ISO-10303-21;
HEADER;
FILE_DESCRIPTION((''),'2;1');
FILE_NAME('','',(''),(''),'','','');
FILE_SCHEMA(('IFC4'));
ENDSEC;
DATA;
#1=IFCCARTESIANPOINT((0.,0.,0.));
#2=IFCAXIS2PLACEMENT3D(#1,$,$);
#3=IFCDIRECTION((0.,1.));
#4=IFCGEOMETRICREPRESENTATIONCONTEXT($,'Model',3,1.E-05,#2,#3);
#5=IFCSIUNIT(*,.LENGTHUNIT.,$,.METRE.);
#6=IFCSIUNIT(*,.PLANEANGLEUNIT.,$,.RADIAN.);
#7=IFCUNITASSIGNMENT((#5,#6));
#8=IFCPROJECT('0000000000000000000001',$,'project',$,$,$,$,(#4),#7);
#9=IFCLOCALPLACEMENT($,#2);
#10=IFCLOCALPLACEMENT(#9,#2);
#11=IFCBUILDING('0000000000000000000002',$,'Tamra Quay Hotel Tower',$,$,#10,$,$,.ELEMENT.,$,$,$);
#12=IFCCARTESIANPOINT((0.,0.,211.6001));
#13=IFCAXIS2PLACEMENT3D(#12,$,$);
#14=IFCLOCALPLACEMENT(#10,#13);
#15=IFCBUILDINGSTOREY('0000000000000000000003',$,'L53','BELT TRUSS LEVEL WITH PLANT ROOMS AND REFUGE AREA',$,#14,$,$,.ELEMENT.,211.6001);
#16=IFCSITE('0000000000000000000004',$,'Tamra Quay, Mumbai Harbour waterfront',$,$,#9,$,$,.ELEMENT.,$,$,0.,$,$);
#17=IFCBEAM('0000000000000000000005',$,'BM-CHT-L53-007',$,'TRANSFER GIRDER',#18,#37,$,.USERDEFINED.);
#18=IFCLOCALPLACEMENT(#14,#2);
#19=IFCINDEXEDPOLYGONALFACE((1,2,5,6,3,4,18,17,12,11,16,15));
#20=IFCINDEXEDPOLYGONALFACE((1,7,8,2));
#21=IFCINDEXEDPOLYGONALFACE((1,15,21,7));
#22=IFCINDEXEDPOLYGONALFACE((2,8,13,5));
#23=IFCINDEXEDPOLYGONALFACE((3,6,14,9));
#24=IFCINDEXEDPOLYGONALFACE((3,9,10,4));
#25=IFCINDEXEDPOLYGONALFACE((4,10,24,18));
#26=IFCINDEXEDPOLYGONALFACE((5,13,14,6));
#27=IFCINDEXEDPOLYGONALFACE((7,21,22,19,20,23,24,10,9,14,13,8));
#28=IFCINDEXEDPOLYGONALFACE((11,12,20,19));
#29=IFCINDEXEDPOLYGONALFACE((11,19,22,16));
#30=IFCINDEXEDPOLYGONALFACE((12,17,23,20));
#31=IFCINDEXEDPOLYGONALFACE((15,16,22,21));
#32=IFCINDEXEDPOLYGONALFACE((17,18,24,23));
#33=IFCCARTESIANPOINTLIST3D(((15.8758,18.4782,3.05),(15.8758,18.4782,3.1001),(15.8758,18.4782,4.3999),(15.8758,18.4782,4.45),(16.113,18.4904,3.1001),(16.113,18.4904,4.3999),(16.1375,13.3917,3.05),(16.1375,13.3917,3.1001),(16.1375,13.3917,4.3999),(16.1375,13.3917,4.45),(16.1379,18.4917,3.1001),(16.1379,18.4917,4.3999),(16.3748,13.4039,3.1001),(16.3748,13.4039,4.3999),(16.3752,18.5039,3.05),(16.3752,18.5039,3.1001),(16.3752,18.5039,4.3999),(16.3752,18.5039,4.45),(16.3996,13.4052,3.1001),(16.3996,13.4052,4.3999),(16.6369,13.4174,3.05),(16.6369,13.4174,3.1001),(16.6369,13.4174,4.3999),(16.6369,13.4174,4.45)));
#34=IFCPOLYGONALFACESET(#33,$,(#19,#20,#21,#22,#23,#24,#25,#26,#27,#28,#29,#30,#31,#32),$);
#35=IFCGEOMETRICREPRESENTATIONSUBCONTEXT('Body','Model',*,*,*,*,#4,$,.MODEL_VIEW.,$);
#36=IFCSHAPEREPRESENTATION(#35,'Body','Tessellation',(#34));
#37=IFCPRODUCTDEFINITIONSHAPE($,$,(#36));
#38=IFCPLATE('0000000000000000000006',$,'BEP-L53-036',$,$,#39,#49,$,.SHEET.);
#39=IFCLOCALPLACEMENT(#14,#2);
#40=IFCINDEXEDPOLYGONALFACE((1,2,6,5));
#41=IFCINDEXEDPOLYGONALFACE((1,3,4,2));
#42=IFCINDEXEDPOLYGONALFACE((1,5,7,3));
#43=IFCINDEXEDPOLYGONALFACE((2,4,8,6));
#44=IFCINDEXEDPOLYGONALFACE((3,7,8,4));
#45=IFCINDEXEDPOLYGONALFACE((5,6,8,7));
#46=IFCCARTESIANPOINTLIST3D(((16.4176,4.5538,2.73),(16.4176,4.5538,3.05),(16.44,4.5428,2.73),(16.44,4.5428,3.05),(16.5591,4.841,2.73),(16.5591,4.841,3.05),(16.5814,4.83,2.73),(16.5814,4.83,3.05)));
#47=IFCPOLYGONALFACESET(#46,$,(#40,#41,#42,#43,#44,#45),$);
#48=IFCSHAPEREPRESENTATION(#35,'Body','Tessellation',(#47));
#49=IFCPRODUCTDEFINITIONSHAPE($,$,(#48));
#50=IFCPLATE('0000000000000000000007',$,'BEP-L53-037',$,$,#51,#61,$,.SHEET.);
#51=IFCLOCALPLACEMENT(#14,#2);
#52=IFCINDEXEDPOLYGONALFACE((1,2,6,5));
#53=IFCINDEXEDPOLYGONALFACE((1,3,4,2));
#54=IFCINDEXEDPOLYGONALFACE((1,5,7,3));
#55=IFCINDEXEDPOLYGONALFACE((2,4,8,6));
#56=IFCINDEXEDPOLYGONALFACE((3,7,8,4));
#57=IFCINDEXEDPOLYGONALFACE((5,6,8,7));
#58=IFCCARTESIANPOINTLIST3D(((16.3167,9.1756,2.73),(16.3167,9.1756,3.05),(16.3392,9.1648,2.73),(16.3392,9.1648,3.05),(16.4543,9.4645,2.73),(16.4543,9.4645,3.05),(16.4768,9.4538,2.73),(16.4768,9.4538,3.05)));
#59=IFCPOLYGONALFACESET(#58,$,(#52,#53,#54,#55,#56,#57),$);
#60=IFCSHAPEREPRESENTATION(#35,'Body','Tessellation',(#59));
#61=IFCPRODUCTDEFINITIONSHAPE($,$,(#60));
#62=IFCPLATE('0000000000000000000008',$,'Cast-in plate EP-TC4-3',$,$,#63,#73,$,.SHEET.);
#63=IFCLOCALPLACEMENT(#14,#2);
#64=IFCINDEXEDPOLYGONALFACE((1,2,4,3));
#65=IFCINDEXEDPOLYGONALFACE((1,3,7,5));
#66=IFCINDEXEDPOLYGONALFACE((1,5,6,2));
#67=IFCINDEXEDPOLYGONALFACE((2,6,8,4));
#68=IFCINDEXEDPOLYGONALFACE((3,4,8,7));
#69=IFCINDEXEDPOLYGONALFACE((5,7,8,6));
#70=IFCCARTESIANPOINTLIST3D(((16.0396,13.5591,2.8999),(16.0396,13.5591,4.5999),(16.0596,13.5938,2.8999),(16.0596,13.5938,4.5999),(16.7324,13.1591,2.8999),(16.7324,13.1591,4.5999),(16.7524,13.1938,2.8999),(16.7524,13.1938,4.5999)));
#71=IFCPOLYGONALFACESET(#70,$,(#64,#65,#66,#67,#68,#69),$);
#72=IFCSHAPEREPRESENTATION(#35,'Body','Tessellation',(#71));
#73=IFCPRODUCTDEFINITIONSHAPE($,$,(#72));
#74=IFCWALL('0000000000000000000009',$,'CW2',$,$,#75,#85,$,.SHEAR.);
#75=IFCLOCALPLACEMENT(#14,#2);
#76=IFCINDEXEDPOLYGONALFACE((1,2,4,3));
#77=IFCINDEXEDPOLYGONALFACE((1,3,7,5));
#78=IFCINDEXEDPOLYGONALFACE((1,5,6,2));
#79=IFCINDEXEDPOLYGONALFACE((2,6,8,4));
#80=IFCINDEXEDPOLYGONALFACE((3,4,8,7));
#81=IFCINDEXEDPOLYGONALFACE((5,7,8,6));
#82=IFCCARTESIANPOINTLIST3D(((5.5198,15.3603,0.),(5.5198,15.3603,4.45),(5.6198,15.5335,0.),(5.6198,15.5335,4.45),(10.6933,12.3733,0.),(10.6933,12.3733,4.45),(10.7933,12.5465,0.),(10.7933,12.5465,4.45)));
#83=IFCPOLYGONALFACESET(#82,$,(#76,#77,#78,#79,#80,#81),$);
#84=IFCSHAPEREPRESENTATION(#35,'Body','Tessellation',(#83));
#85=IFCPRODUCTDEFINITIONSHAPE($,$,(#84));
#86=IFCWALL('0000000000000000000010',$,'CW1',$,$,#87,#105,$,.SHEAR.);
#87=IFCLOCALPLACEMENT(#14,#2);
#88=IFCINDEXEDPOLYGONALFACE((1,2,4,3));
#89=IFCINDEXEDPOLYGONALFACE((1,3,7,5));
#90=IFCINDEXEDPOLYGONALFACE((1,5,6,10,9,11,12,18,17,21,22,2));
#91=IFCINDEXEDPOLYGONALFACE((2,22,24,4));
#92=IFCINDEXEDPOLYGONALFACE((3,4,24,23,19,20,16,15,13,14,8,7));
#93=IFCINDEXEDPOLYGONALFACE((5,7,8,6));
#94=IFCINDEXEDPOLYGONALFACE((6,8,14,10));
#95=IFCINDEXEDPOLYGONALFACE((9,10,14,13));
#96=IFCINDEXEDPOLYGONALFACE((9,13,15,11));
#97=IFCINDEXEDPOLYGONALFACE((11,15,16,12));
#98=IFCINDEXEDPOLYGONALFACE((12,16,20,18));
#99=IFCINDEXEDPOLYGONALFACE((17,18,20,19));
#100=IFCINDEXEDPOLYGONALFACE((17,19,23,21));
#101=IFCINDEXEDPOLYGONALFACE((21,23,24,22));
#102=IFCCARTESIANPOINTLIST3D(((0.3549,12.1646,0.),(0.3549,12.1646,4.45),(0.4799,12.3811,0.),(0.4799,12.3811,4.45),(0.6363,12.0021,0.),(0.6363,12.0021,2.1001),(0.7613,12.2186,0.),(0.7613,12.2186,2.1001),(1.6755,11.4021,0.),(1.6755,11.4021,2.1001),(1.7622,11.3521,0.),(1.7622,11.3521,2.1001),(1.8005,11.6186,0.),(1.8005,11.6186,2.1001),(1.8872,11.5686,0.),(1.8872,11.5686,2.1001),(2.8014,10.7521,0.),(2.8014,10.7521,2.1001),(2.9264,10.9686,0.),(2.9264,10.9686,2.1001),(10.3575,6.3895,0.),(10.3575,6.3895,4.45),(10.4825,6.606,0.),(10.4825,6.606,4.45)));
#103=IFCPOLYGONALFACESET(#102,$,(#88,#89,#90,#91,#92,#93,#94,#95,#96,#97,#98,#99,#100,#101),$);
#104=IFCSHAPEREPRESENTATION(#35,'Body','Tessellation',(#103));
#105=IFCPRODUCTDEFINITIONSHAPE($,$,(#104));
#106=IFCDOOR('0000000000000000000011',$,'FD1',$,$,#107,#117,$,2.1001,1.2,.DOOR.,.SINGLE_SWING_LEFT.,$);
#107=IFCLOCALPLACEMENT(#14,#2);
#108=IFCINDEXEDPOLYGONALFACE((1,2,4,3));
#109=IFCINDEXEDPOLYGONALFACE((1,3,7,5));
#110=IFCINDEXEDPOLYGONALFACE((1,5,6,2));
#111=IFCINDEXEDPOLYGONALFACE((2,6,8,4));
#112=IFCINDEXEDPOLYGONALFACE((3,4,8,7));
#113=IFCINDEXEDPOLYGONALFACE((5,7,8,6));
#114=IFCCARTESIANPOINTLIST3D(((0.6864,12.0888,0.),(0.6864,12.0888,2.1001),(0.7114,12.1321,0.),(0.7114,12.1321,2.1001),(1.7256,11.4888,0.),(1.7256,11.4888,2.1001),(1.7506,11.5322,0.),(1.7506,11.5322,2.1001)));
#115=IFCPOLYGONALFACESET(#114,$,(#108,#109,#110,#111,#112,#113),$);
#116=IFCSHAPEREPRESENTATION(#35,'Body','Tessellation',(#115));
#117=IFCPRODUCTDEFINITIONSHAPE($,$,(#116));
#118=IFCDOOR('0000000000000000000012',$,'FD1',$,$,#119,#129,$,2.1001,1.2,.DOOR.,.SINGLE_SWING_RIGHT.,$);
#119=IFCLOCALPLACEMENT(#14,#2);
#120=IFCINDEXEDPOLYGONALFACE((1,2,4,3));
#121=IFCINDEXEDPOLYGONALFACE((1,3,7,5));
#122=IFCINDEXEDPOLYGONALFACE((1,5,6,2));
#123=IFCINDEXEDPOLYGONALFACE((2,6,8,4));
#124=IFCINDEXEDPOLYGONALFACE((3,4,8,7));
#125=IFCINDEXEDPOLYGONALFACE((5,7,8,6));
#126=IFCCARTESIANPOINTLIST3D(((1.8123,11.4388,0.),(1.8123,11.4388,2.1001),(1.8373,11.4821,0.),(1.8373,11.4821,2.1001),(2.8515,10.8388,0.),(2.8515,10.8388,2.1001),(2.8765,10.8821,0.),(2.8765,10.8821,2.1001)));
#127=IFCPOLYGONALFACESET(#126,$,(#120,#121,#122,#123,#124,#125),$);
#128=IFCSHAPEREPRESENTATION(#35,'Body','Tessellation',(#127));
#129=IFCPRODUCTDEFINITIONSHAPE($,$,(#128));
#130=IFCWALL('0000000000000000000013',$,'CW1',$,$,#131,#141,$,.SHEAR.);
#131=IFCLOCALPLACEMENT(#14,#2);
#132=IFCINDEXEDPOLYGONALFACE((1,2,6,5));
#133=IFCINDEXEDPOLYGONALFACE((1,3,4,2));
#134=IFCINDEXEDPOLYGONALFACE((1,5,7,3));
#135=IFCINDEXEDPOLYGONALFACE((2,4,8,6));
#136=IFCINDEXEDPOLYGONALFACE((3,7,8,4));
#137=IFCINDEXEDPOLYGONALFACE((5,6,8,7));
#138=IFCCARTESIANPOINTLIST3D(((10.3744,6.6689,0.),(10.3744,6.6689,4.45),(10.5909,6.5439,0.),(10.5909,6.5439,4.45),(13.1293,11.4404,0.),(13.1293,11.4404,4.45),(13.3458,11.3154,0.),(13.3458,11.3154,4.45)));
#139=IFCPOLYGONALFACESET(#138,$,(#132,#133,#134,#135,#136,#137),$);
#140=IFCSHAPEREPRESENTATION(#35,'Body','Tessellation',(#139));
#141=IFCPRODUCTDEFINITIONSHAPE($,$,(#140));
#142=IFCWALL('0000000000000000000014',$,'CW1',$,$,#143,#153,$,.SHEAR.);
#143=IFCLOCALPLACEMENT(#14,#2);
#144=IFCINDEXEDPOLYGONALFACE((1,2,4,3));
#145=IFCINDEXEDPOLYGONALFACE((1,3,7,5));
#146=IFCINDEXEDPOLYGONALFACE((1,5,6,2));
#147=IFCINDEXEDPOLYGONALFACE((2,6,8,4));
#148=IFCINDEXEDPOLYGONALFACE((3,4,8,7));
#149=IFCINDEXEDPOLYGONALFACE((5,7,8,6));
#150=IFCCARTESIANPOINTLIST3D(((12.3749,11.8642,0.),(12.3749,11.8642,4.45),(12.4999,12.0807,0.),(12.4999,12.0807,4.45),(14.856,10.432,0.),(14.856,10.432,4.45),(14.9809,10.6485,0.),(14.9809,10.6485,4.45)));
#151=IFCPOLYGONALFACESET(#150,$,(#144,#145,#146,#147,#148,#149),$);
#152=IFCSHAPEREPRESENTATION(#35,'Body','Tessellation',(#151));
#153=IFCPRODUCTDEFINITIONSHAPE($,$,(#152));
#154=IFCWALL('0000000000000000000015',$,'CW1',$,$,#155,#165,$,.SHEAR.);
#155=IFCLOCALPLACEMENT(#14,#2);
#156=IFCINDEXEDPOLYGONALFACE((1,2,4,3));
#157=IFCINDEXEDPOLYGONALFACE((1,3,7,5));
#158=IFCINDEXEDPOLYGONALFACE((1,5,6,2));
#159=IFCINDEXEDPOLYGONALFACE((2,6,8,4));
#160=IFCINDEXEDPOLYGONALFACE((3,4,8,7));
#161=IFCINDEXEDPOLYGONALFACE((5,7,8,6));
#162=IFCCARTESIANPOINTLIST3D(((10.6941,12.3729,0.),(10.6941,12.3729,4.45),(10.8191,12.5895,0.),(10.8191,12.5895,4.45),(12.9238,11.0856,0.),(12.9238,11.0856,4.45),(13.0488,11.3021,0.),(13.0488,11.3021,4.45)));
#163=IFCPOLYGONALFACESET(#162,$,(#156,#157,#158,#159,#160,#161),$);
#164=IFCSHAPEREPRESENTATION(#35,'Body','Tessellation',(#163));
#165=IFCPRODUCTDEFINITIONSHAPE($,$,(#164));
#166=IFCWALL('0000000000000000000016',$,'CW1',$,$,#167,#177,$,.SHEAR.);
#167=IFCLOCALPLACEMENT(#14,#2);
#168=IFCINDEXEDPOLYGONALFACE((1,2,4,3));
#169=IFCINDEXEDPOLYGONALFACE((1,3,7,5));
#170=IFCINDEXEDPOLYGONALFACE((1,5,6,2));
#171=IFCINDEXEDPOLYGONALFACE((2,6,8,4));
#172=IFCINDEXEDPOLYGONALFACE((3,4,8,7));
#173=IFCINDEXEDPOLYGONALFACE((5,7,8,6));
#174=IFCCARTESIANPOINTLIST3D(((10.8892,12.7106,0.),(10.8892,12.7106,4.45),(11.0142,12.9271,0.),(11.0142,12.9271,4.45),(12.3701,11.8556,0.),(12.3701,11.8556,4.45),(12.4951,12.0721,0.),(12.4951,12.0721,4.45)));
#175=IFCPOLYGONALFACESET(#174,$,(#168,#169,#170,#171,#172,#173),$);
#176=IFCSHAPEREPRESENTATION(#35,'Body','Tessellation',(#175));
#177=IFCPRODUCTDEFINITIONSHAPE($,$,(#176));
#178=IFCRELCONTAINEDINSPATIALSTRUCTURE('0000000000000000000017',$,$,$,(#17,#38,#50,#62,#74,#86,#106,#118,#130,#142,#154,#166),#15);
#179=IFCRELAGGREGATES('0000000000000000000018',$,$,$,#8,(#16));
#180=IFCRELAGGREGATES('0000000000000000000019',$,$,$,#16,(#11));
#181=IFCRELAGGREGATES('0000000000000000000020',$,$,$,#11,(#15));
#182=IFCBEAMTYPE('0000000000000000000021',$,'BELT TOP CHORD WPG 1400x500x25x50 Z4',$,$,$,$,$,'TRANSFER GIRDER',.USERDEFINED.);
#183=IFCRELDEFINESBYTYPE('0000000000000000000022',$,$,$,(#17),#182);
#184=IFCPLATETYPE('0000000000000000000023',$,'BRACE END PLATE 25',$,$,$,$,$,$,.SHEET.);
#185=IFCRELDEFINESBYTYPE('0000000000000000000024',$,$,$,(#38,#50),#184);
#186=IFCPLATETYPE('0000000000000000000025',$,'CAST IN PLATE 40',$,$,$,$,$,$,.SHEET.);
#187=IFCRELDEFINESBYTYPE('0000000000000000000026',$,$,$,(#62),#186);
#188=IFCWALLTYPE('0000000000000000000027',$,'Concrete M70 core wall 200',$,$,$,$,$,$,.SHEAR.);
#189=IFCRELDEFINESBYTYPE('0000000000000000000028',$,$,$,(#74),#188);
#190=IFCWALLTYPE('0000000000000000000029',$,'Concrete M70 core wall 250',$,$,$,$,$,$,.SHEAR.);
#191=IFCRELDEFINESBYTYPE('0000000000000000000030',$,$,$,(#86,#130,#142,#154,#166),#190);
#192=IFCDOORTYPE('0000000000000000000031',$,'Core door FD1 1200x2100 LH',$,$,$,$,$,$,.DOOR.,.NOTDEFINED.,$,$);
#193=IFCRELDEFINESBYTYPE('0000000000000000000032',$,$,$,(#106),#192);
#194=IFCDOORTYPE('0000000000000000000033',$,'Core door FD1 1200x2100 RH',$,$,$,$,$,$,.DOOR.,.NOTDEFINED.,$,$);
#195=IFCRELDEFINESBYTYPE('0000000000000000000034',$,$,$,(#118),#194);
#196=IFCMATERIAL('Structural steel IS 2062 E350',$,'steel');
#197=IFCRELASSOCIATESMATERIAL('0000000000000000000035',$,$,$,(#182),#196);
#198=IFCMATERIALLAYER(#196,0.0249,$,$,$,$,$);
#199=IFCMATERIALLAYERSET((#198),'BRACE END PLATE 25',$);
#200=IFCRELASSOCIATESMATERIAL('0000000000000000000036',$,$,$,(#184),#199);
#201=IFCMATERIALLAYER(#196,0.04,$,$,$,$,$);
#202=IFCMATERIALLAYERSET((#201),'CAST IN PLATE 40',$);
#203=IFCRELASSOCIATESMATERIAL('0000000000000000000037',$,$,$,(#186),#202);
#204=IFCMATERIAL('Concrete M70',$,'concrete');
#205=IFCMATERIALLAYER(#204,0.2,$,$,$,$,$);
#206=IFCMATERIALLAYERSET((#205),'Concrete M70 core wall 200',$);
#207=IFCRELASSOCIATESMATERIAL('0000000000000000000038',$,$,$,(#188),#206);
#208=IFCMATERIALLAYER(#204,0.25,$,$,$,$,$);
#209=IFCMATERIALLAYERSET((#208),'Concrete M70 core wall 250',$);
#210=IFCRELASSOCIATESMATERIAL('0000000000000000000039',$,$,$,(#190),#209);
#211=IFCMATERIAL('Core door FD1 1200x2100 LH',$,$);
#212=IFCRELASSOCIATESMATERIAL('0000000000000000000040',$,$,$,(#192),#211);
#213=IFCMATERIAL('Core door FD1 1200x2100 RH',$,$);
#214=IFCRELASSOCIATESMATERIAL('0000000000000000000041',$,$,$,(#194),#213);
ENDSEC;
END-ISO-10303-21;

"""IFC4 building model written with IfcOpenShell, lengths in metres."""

from ifc_helpers import new_model, si_unit, direction, frame, frame_2d, origin, origin_2d, place, context, subcontext, project, spatial, rectangle, i_section, extrude, material, layer, layer_set, material_profile, profile_set, type_object, element, fill, save


model = new_model("IFC4")

# Units and contexts
model_context = context("Model", 3, precision=1e-05, world=origin(), true_north=direction((0.0, 1.0)))
body_context = subcontext(model_context, "Body", "Model", "MODEL_VIEW")
ifc_project = project(units=[si_unit("LENGTHUNIT", "METRE"), si_unit("PLANEANGLEUNIT", "RADIAN")], contexts=[model_context])

# Site, building, storey
site_placement = place(None, origin())
site = spatial("IfcSite", under=ifc_project, at=site_placement, Name="Tamra Quay, Mumbai Harbour waterfront", CompositionType="ELEMENT", RefElevation=0.0)
building_placement = place(site_placement, origin())
building = spatial("IfcBuilding", under=site, at=building_placement, Name="Tamra Quay Hotel Tower", CompositionType="ELEMENT")
storey_placement = place(building_placement, frame((0.0, 0.0, 211.6001)))
storey = spatial("IfcBuildingStorey", under=building, at=storey_placement, Name="L53", Description="BELT TRUSS LEVEL WITH PLANT ROOMS AND REFUGE AREA", CompositionType="ELEMENT", Elevation=211.6001)

# Beam
ifc_material_1 = material(Name="Structural steel IS 2062 E350", Category="steel")
ifc_material_profile = material_profile(ifc_material_1, i_section(OverallWidth=0.5, OverallDepth=1.3999, WebThickness=0.0249, FlangeThickness=0.05, at=origin_2d()), Name="WPG 1400x500x25x50")
ifc_profile_set = profile_set([ifc_material_profile], Name="Structural steel IS 2062 E350")
beam_type = type_object("IfcBeamType", Name="BELT TOP CHORD WPG 1400x500x25x50 Z4", ElementType="TRANSFER GIRDER", PredefinedType="USERDEFINED", material=ifc_profile_set)
beam_placement = place(storey_placement, frame((16.3872, 13.4045, 3.75), z_axis=(-0.051386, 0.998679, 0.0), x_axis=(-0.998679, -0.051386, 0.0)))
element("IfcBeam", 1, at=beam_placement, inside=storey, type_object=beam_type, Name="BM-CHT-L53-007", ObjectType="TRANSFER GIRDER", PredefinedType="USERDEFINED", context=body_context, shape_type="SweptSolid", body=[
    extrude(i_section(OverallWidth=0.5, OverallDepth=1.3999, WebThickness=0.0249, FlangeThickness=0.05, at=origin_2d()), origin(), (0.0, 0.0, 1.0), 5.0933),
])

# Plates
ifc_layer_1 = layer(ifc_material_1, 0.0249)
ifc_layer_set_1 = layer_set([ifc_layer_1], Name="BRACE END PLATE 25")
plate_type_1 = type_object("IfcPlateType", Name="BRACE END PLATE 25", PredefinedType="SHEET", material=ifc_layer_set_1)
for number, where, z_axis, x_axis, name in (
    (2, (16.4995, 4.6919, 2.73), (0.0, 0.0, 1.0), (-0.897063, 0.441902, 0.0), "BEP-L53-036"),
    (3, (16.3967, 9.3147, 2.73), (0.0, 0.0, 1.0), (-0.902923, 0.429802, 0.0), "BEP-L53-037"),
):
    element("IfcPlate", number, at=place(storey_placement, frame(where, z_axis=z_axis, x_axis=x_axis)), inside=storey, type_object=plate_type_1, Name=name, PredefinedType="SHEET", context=body_context, shape_type="SweptSolid", body=[
        extrude(rectangle(XDim=0.0249, YDim=0.3201, at=origin_2d()), origin(), (0.0, 0.0, 1.0), 0.3201),
    ])
ifc_layer_2 = layer(ifc_material_1, 0.04)
ifc_layer_set_2 = layer_set([ifc_layer_2], Name="CAST IN PLATE 40")
plate_type_2 = type_object("IfcPlateType", Name="CAST IN PLATE 40", PredefinedType="SHEET", material=ifc_layer_set_2)
plate_placement = place(storey_placement, frame((16.396, 13.3765, 2.8999), z_axis=(0.0, 0.0, 1.0), x_axis=(0.5, 0.866025, 0.0)))
element("IfcPlate", 4, at=plate_placement, inside=storey, type_object=plate_type_2, Name="Cast-in plate EP-TC4-3", PredefinedType="SHEET", context=body_context, shape_type="SweptSolid", body=[
    extrude(rectangle(XDim=0.04, YDim=0.8, at=origin_2d()), origin(), (0.0, 0.0, 1.0), 1.7),
])

# Wall
ifc_material_2 = material(Name="Concrete M70", Category="concrete")
ifc_layer_3 = layer(ifc_material_2, 0.2)
ifc_layer_set_3 = layer_set([ifc_layer_3], Name="Concrete M70 core wall 200")
wall_type_1 = type_object("IfcWallType", Name="Concrete M70 core wall 200", PredefinedType="SHEAR", material=ifc_layer_set_3)
wall_1_placement = place(storey_placement, frame((10.7432, 12.46, 0.0), z_axis=(0.0, 0.0, 1.0), x_axis=(-0.866019, 0.500011, 0.0)))
element("IfcWall", 5, at=wall_1_placement, inside=storey, type_object=wall_type_1, Name="CW2", PredefinedType="SHEAR", context=body_context, shape_type="SweptSolid", body=[
    extrude(rectangle(XDim=5.9739, YDim=0.2, at=frame_2d((2.9868, 0.0))), origin(), (0.0, 0.0, 1.0), 4.45),
])

# Wall, openings, doors
ifc_layer_4 = layer(ifc_material_2, 0.25)
ifc_layer_set_4 = layer_set([ifc_layer_4], Name="Concrete M70 core wall 250")
wall_type_2 = type_object("IfcWallType", Name="Concrete M70 core wall 250", PredefinedType="SHEAR", material=ifc_layer_set_4)
wall_2_placement = place(storey_placement, frame((10.4199, 6.4978, 0.0), z_axis=(0.0, 0.0, 1.0), x_axis=(-0.866022, 0.500006, 0.0)))
wall_2 = element("IfcWall", 6, at=wall_2_placement, inside=storey, type_object=wall_type_2, Name="CW1", PredefinedType="SHEAR", context=body_context, shape_type="SweptSolid", body=[
    extrude(rectangle(XDim=11.55, YDim=0.25, at=frame_2d((5.7749, 0.0))), origin(), (0.0, 0.0, 1.0), 4.45),
])
opening_1_placement = place(wall_2_placement, frame((10.0249, 0.0, 0.0)))
opening_1 = element("IfcOpeningElement", 7, at=opening_1_placement, cuts=wall_2, PredefinedType="OPENING", context=body_context, shape_type="SweptSolid", body=[
    extrude(rectangle(XDim=1.2, YDim=2.1001, at=frame_2d((0.6001, 1.05))), frame((0.0, 0.135, 0.0), z_axis=(0.0, -1.0, 0.0), x_axis=(1.0, 0.0, 0.0)), (0.0, 0.0, 1.0), 0.27),
])
opening_2_placement = place(wall_2_placement, frame((8.7249, 0.0, 0.0)))
opening_2 = element("IfcOpeningElement", 8, at=opening_2_placement, cuts=wall_2, PredefinedType="OPENING", context=body_context, shape_type="SweptSolid", body=[
    extrude(rectangle(XDim=1.2, YDim=2.1001, at=frame_2d((0.6001, 1.05))), frame((0.0, 0.135, 0.0), z_axis=(0.0, -1.0, 0.0), x_axis=(1.0, 0.0, 0.0)), (0.0, 0.0, 1.0), 0.27),
])
ifc_material_3 = material(Name="Core door FD1 1200x2100 LH")
door_type_1 = type_object("IfcDoorType", Name="Core door FD1 1200x2100 LH", OperationType="NOTDEFINED", PredefinedType="DOOR", material=ifc_material_3)
door_1_placement = place(opening_1_placement, origin())
door_1 = element("IfcDoor", 9, at=door_1_placement, inside=storey, type_object=door_type_1, Name="FD1", OperationType="SINGLE_SWING_LEFT", OverallHeight=2.1001, OverallWidth=1.2, PredefinedType="DOOR", context=body_context, shape_type="SweptSolid", body=[
    extrude(rectangle(XDim=1.2, YDim=2.1001, at=frame_2d((0.6001, 1.05))), frame((0.0, 0.0249, 0.0), z_axis=(0.0, -1.0, 0.0), x_axis=(1.0, 0.0, 0.0)), (0.0, 0.0, 1.0), 0.05),
])
fill(opening_1, door_1)
ifc_material_4 = material(Name="Core door FD1 1200x2100 RH")
door_type_2 = type_object("IfcDoorType", Name="Core door FD1 1200x2100 RH", OperationType="NOTDEFINED", PredefinedType="DOOR", material=ifc_material_4)
door_2_placement = place(opening_2_placement, origin())
door_2 = element("IfcDoor", 10, at=door_2_placement, inside=storey, type_object=door_type_2, Name="FD1", OperationType="SINGLE_SWING_RIGHT", OverallHeight=2.1001, OverallWidth=1.2, PredefinedType="DOOR", context=body_context, shape_type="SweptSolid", body=[
    extrude(rectangle(XDim=1.2, YDim=2.1001, at=frame_2d((0.6001, 1.05))), frame((0.0, 0.0249, 0.0), z_axis=(0.0, -1.0, 0.0), x_axis=(1.0, 0.0, 0.0)), (0.0, 0.0, 1.0), 0.05),
])
fill(opening_2, door_2)

# Walls
wall_3_placement = place(storey_placement, frame((13.2375, 11.3779, 0.0), z_axis=(0.0, 0.0, 1.0), x_axis=(-0.500009, -0.86602, 0.0)))
element("IfcWall", 11, at=wall_3_placement, inside=storey, type_object=wall_type_2, Name="CW1", PredefinedType="SHEAR", context=body_context, shape_type="SweptSolid", body=[
    extrude(rectangle(XDim=5.5098, YDim=0.25, at=frame_2d((2.7549, 0.0))), origin(), (0.0, 0.0, 1.0), 4.45),
])
wall_4_placement = place(storey_placement, frame((14.9185, 10.5403, 0.0), z_axis=(0.0, 0.0, 1.0), x_axis=(-0.866064, 0.499934, 0.0)))
element("IfcWall", 12, at=wall_4_placement, inside=storey, type_object=wall_type_2, Name="CW1", PredefinedType="SHEAR", context=body_context, shape_type="SweptSolid", body=[
    extrude(rectangle(XDim=2.8647, YDim=0.25, at=frame_2d((1.4324, 0.0))), origin(), (0.0, 0.0, 1.0), 4.45),
])
wall_5_placement = place(storey_placement, frame((10.7566, 12.4812, 0.0), z_axis=(0.0, 0.0, 1.0), x_axis=(0.866023, -0.500004, 0.0)))
element("IfcWall", 13, at=wall_5_placement, inside=storey, type_object=wall_type_2, Name="CW1", PredefinedType="SHEAR", context=body_context, shape_type="SweptSolid", body=[
    extrude(rectangle(XDim=2.5747, YDim=0.25, at=frame_2d((1.2874, 0.0))), origin(), (0.0, 0.0, 1.0), 4.45),
])
wall_6_placement = place(storey_placement, frame((12.4326, 11.9639, 0.0), z_axis=(0.0, 0.0, 1.0), x_axis=(-0.866038, 0.499978, 0.0)))
element("IfcWall", 14, at=wall_6_placement, inside=storey, type_object=wall_type_2, Name="CW1", PredefinedType="SHEAR", context=body_context, shape_type="SweptSolid", body=[
    extrude(rectangle(XDim=1.71, YDim=0.25, at=frame_2d((0.855, 0.0))), origin(), (0.0, 0.0, 1.0), 4.45),
])

save(model, "model.ifc")
